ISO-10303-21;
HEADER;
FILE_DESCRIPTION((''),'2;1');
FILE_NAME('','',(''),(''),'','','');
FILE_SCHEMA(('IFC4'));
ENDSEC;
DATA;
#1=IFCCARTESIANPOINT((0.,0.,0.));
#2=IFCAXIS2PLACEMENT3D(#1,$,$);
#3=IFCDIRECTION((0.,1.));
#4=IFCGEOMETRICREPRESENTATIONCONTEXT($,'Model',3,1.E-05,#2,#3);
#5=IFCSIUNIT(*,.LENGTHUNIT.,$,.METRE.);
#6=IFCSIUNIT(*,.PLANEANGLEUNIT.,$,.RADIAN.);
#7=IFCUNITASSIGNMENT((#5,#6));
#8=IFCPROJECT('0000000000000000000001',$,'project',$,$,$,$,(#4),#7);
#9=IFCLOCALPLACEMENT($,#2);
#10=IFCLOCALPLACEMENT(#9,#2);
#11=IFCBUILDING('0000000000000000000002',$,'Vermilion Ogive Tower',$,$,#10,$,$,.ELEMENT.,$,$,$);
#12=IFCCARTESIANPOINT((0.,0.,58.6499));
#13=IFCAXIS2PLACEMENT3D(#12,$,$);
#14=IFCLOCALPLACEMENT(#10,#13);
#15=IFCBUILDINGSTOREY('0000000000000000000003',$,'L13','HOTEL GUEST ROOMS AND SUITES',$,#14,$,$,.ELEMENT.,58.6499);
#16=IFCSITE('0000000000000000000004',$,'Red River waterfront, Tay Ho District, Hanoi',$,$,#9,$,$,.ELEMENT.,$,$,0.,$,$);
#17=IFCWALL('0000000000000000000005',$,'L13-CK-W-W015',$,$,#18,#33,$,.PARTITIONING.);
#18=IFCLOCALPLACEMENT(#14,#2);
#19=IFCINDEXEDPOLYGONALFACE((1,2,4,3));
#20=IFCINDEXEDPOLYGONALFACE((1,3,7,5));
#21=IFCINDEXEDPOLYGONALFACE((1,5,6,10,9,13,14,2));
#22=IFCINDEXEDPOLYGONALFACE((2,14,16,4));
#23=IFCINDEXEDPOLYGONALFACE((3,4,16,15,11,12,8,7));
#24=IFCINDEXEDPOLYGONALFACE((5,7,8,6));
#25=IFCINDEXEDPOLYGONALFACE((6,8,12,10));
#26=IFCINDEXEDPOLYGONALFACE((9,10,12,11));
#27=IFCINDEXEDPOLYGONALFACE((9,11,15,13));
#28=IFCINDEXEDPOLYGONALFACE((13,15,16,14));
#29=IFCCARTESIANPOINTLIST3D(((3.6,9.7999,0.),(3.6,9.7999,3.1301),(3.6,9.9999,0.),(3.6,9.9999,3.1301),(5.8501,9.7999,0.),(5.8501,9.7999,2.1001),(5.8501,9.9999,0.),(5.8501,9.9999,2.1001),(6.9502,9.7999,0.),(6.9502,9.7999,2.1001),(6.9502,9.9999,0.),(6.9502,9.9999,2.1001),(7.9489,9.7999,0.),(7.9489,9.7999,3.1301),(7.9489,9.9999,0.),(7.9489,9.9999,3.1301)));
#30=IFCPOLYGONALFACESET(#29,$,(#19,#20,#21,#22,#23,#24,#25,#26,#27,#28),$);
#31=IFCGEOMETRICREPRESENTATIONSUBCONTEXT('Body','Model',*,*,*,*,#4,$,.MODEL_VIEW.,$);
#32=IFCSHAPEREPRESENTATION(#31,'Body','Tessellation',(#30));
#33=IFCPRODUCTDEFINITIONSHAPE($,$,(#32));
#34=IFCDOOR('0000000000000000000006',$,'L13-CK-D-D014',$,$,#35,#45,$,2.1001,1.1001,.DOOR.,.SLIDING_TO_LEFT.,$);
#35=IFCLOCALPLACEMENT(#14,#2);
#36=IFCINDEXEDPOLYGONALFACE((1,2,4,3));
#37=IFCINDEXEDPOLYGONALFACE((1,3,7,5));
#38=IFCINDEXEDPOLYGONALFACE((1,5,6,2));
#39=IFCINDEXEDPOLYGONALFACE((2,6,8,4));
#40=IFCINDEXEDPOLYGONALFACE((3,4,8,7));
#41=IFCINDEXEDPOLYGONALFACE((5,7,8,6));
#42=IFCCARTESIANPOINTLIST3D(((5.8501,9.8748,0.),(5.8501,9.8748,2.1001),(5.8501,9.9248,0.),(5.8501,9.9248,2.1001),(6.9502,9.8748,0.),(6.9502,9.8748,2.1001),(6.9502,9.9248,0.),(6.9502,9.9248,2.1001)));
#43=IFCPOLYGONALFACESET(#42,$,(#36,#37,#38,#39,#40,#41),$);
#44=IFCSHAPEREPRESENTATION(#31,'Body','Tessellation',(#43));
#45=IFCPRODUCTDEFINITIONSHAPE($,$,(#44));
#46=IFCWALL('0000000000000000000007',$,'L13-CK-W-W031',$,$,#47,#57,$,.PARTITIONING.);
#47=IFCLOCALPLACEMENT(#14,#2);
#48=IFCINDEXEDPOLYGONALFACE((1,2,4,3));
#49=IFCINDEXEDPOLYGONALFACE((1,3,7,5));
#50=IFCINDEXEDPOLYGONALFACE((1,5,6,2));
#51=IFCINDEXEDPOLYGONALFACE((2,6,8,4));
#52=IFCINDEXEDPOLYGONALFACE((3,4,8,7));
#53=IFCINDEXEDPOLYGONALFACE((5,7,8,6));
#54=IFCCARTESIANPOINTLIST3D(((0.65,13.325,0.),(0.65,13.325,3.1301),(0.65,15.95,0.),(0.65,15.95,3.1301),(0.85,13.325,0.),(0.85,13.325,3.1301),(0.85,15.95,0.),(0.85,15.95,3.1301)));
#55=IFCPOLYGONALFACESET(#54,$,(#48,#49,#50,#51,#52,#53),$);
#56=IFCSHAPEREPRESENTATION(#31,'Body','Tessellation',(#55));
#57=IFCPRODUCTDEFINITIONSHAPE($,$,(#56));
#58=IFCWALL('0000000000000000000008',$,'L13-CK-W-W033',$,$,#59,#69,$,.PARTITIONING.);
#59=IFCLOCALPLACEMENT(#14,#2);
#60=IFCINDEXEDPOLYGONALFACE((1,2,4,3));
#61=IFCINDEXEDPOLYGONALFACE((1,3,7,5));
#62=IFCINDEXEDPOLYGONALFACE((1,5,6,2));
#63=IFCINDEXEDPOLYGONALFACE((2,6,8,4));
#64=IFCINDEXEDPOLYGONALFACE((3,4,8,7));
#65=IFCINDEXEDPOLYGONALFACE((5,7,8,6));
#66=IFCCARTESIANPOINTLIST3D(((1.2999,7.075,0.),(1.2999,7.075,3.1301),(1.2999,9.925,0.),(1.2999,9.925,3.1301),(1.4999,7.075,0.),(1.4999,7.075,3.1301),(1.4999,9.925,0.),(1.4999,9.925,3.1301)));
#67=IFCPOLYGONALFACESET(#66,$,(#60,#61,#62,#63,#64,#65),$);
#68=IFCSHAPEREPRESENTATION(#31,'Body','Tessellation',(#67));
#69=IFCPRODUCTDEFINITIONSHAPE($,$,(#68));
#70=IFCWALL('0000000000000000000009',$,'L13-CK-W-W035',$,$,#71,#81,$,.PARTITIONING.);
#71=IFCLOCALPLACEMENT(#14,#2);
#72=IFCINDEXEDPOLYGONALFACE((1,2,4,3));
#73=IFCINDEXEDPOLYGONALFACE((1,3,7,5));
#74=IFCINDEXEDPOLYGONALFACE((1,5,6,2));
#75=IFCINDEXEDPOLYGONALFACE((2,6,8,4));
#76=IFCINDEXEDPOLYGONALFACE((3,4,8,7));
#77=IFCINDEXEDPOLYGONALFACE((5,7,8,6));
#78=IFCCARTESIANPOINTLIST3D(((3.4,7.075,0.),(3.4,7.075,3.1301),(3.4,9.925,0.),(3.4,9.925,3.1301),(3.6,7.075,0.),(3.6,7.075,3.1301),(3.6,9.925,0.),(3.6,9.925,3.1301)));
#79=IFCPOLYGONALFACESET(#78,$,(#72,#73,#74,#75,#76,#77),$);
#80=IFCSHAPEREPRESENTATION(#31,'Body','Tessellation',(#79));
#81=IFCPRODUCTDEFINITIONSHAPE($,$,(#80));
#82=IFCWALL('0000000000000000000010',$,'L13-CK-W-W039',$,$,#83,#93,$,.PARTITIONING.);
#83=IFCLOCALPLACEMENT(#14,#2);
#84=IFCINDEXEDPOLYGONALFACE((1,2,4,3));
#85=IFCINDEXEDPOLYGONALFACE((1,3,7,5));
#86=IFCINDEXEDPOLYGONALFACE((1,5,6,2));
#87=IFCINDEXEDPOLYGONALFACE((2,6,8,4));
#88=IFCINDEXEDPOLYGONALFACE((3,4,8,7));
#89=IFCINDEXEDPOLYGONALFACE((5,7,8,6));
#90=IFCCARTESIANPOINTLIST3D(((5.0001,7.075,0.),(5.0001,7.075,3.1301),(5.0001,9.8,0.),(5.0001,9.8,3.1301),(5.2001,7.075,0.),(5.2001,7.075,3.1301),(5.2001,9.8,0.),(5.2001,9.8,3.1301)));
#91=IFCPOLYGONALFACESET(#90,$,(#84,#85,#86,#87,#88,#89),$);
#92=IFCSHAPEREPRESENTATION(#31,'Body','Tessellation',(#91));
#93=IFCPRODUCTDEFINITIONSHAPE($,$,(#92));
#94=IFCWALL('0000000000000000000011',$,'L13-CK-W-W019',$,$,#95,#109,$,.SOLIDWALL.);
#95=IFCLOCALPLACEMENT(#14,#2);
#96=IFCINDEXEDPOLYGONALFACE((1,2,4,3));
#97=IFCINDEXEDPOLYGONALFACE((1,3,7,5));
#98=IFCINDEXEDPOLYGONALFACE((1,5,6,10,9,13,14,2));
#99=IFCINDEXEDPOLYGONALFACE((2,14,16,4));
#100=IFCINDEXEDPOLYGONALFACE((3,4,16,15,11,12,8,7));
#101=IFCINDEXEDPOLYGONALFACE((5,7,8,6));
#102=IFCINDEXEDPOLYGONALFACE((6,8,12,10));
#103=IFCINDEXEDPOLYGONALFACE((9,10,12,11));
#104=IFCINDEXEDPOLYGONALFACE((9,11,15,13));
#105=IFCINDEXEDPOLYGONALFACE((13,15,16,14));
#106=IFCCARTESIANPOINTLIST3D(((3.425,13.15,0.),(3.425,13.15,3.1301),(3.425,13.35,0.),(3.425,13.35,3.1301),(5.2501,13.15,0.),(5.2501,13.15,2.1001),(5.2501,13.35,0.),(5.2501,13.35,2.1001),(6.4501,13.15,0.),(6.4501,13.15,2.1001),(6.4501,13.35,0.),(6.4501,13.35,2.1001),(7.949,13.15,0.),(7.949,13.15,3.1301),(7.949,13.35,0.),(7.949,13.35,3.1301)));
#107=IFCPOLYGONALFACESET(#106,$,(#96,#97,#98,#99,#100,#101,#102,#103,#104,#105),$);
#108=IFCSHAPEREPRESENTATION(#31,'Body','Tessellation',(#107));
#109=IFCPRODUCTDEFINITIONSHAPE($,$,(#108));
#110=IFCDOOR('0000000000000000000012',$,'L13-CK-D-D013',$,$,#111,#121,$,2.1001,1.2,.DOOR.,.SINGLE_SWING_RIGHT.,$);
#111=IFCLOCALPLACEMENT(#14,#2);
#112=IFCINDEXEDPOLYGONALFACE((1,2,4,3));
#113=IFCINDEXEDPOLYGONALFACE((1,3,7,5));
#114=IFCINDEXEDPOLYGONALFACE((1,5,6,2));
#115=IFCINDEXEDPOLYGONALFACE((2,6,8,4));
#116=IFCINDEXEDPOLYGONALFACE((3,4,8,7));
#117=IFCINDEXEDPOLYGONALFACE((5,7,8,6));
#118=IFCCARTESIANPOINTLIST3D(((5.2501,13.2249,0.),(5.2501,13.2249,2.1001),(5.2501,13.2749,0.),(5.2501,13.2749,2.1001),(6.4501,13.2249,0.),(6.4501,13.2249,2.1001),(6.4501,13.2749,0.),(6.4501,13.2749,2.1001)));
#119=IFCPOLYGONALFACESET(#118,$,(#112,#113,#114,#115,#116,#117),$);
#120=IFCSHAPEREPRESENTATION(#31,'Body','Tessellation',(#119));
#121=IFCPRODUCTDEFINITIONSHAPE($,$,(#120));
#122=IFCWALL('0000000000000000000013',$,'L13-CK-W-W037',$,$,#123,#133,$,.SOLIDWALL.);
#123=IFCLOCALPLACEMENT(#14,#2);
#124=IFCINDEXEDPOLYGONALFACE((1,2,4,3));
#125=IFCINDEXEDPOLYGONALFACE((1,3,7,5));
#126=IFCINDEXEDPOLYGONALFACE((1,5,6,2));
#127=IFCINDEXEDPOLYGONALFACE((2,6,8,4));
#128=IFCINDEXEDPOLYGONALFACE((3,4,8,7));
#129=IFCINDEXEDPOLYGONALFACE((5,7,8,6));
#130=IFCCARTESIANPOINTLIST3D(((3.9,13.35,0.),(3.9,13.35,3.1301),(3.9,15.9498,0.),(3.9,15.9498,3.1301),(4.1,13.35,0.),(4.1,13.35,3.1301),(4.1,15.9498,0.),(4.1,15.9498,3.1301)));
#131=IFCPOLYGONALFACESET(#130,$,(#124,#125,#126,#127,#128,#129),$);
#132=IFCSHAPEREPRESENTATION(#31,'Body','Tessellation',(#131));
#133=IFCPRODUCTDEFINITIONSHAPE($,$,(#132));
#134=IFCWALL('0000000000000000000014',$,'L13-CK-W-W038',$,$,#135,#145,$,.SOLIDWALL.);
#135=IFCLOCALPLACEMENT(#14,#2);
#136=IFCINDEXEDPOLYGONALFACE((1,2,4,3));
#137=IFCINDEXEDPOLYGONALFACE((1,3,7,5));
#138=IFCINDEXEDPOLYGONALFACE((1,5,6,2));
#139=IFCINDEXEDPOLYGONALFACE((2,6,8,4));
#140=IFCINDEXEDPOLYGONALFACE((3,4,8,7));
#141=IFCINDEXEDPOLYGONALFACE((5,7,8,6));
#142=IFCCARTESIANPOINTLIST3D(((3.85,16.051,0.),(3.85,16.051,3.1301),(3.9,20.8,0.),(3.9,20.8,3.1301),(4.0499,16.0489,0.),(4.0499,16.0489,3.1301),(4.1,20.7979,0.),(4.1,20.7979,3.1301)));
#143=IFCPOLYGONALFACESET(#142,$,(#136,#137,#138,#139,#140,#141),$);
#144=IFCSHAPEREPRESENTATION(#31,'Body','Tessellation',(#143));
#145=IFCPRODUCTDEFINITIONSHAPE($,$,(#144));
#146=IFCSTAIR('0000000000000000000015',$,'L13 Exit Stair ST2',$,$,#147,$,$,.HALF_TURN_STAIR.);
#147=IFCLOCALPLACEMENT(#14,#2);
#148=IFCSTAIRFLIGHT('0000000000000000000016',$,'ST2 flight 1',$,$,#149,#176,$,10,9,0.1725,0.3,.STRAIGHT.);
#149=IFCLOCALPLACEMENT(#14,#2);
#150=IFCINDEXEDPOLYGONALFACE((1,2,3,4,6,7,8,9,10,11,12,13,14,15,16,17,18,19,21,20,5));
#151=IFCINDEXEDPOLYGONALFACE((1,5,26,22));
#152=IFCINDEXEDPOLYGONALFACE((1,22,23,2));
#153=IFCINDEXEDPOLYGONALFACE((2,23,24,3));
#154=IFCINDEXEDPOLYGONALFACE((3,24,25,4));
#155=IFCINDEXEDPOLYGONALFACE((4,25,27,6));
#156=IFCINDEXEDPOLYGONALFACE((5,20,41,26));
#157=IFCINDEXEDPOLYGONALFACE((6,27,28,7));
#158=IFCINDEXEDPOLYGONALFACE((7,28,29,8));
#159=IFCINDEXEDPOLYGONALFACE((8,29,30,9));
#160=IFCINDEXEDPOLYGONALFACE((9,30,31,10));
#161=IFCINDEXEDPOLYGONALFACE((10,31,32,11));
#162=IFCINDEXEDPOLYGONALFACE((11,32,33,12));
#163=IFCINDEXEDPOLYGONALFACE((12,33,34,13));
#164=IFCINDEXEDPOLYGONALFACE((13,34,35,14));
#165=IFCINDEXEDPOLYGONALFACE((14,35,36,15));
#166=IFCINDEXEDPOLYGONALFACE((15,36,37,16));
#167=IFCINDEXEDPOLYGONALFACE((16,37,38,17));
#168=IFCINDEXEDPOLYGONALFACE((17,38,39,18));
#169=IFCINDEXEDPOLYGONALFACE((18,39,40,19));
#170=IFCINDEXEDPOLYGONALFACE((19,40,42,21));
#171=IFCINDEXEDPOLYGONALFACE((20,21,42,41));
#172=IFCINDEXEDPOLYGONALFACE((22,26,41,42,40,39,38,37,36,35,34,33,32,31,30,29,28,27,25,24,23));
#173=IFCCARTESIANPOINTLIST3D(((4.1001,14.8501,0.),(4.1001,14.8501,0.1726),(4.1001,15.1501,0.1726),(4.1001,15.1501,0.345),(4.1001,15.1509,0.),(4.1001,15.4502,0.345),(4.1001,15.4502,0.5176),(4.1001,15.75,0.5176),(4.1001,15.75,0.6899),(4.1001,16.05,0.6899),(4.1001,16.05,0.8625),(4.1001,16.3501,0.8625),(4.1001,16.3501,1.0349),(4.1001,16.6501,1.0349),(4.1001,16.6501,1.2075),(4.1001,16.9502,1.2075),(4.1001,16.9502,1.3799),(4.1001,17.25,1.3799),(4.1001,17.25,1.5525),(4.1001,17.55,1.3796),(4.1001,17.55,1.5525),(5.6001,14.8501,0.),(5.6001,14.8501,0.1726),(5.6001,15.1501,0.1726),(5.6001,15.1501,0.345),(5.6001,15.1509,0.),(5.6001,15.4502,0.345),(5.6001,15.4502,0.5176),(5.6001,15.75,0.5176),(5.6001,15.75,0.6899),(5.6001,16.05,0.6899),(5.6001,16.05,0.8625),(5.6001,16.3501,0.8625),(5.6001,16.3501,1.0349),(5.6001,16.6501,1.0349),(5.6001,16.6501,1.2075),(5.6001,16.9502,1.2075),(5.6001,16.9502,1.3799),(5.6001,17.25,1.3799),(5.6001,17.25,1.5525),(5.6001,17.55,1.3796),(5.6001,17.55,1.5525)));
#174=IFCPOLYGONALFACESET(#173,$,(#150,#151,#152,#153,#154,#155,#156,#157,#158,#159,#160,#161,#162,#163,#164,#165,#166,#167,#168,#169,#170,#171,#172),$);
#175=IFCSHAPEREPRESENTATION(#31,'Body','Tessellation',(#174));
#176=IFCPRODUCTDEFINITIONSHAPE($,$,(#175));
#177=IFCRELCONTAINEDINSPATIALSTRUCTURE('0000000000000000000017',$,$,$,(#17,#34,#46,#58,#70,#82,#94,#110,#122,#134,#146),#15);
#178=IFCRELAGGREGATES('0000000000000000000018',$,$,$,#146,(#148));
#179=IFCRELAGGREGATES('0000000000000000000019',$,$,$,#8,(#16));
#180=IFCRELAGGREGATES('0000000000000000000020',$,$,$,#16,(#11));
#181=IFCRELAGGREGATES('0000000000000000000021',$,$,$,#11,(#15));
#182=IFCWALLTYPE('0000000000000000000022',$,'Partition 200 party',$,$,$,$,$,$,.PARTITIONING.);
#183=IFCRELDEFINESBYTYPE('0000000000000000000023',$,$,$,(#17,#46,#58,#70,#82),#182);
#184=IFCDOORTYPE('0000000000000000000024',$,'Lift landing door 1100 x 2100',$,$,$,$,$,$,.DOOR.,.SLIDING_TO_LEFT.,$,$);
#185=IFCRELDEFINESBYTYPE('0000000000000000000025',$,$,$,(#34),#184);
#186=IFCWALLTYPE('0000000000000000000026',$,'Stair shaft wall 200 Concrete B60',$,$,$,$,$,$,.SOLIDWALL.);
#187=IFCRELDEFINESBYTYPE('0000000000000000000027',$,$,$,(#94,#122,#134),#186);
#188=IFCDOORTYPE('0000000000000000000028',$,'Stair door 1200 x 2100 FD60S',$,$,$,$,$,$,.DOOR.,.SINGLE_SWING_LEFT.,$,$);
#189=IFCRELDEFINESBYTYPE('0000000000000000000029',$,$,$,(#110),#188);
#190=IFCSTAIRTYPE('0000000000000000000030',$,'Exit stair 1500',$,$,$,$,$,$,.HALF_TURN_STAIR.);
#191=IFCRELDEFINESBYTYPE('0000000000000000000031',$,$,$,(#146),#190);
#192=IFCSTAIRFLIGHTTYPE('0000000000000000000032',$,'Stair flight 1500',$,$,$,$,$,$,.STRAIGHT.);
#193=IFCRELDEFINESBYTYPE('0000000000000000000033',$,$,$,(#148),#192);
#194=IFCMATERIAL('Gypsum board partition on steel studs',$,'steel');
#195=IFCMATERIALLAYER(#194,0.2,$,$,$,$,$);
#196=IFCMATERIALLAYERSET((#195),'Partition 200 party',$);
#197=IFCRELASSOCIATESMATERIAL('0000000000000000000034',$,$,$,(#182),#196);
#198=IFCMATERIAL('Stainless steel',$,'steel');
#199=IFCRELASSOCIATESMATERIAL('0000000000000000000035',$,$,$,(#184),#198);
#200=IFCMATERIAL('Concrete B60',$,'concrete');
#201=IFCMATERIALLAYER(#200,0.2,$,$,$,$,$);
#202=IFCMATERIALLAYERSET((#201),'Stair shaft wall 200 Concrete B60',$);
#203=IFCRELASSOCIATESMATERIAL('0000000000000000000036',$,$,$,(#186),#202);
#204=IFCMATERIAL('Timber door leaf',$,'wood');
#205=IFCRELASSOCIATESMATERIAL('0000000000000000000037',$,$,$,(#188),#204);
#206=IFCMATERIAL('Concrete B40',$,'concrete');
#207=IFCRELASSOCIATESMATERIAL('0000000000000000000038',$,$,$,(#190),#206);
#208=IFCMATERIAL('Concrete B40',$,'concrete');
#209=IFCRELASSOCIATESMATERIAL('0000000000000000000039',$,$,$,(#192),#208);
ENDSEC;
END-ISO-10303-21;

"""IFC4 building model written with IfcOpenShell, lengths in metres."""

from ifc_helpers import new_model, si_unit, direction, frame, frame_2d, origin, place, context, subcontext, project, spatial, polyline, rectangle, outline, extrude, material, layer, layer_set, type_object, element, fill, aggregate, save


model = new_model("IFC4")

# Units and contexts
model_context = context("Model", 3, precision=1e-05, world=origin(), true_north=direction((0.0, 1.0)))
body_context = subcontext(model_context, "Body", "Model", "MODEL_VIEW")
ifc_project = project(units=[si_unit("LENGTHUNIT", "METRE"), si_unit("PLANEANGLEUNIT", "RADIAN")], contexts=[model_context])

# Site, building, storey
site_placement = place(None, origin())
site = spatial("IfcSite", under=ifc_project, at=site_placement, Name="Red River waterfront, Tay Ho District, Hanoi", CompositionType="ELEMENT", RefElevation=0.0)
building_placement = place(site_placement, origin())
building = spatial("IfcBuilding", under=site, at=building_placement, Name="Vermilion Ogive Tower", CompositionType="ELEMENT")
storey_placement = place(building_placement, frame((0.0, 0.0, 58.6499)))
storey = spatial("IfcBuildingStorey", under=building, at=storey_placement, Name="L13", Description="HOTEL GUEST ROOMS AND SUITES", CompositionType="ELEMENT", Elevation=58.6499)

# Shared definitions
ifc_material_1 = material(Name="Gypsum board partition on steel studs", Category="steel")
ifc_layer_1 = layer(ifc_material_1, 0.2)
ifc_layer_set_1 = layer_set([ifc_layer_1], Name="Partition 200 party")
wall_type_1 = type_object("IfcWallType", Name="Partition 200 party", PredefinedType="PARTITIONING", material=ifc_layer_set_1)

# Wall, opening, door
wall_1_placement = place(storey_placement, frame((3.6001, 9.8999, 0.0), z_axis=(0.0, 0.0, 1.0), x_axis=(1.0, 0.0, 0.0)))
wall_1 = element("IfcWall", 1, at=wall_1_placement, inside=storey, type_object=wall_type_1, Name="L13-CK-W-W015", PredefinedType="PARTITIONING", context=body_context, shape_type="SweptSolid", body=[
    extrude(rectangle(XDim=4.3489, YDim=0.2, at=frame_2d((2.1743, 0.0))), origin(), (0.0, 0.0, 1.0), 3.1301),
])
opening_1_placement = place(wall_1_placement, frame((2.25, 0.0, 0.0)))
opening_1 = element("IfcOpeningElement", 2, at=opening_1_placement, cuts=wall_1, PredefinedType="OPENING", context=body_context, shape_type="SweptSolid", body=[
    extrude(rectangle(XDim=1.1001, YDim=2.1001, at=frame_2d((0.55, 1.05))), frame((0.0, 0.1099, 0.0), z_axis=(0.0, -1.0, 0.0), x_axis=(1.0, 0.0, 0.0)), (0.0, 0.0, 1.0), 0.22),
])
ifc_material_2 = material(Name="Stainless steel", Category="steel")
door_type_1 = type_object("IfcDoorType", Name="Lift landing door 1100 x 2100", OperationType="SLIDING_TO_LEFT", PredefinedType="DOOR", material=ifc_material_2)
door_1_placement = place(opening_1_placement, origin())
door_1 = element("IfcDoor", 3, at=door_1_placement, inside=storey, type_object=door_type_1, Name="L13-CK-D-D014", OperationType="SLIDING_TO_LEFT", OverallHeight=2.1001, OverallWidth=1.1001, PredefinedType="DOOR", context=body_context, shape_type="SweptSolid", body=[
    extrude(rectangle(XDim=1.1001, YDim=2.1001, at=frame_2d((0.55, 1.05))), frame((0.0, 0.0249, 0.0), z_axis=(0.0, -1.0, 0.0), x_axis=(1.0, 0.0, 0.0)), (0.0, 0.0, 1.0), 0.05),
])
fill(opening_1, door_1)

# Walls
wall_2_placement = place(storey_placement, frame((0.75, 13.325, 0.0), z_axis=(0.0, 0.0, 1.0), x_axis=(0.0, 1.0, 0.0)))
element("IfcWall", 4, at=wall_2_placement, inside=storey, type_object=wall_type_1, Name="L13-CK-W-W031", PredefinedType="PARTITIONING", context=body_context, shape_type="SweptSolid", body=[
    extrude(rectangle(XDim=2.625, YDim=0.2, at=frame_2d((1.3125, 0.0))), origin(), (0.0, 0.0, 1.0), 3.1301),
])
for number, where, z_axis, x_axis, name in (
    (5, (1.3999, 7.075, 0.0), (0.0, 0.0, 1.0), (0.0, 1.0, 0.0), "L13-CK-W-W033"),
    (6, (3.5, 7.075, 0.0), (0.0, 0.0, 1.0), (0.0, 1.0, 0.0), "L13-CK-W-W035"),
):
    element("IfcWall", number, at=place(storey_placement, frame(where, z_axis=z_axis, x_axis=x_axis)), inside=storey, type_object=wall_type_1, Name=name, PredefinedType="PARTITIONING", context=body_context, shape_type="SweptSolid", body=[
        extrude(rectangle(XDim=2.8501, YDim=0.2, at=frame_2d((1.425, 0.0))), origin(), (0.0, 0.0, 1.0), 3.1301),
    ])
wall_3_placement = place(storey_placement, frame((5.1001, 7.075, 0.0), z_axis=(0.0, 0.0, 1.0), x_axis=(0.0, 1.0, 0.0)))
element("IfcWall", 7, at=wall_3_placement, inside=storey, type_object=wall_type_1, Name="L13-CK-W-W039", PredefinedType="PARTITIONING", context=body_context, shape_type="SweptSolid", body=[
    extrude(rectangle(XDim=2.7251, YDim=0.2, at=frame_2d((1.3625, 0.0))), origin(), (0.0, 0.0, 1.0), 3.1301),
])

# Wall, opening, door
ifc_material_3 = material(Name="Concrete B60", Category="concrete")
ifc_layer_2 = layer(ifc_material_3, 0.2)
ifc_layer_set_2 = layer_set([ifc_layer_2], Name="Stair shaft wall 200 Concrete B60")
wall_type_2 = type_object("IfcWallType", Name="Stair shaft wall 200 Concrete B60", PredefinedType="SOLIDWALL", material=ifc_layer_set_2)
wall_4_placement = place(storey_placement, frame((3.425, 13.25, 0.0), z_axis=(0.0, 0.0, 1.0), x_axis=(1.0, 0.0, 0.0)))
wall_4 = element("IfcWall", 8, at=wall_4_placement, inside=storey, type_object=wall_type_2, Name="L13-CK-W-W019", PredefinedType="SOLIDWALL", context=body_context, shape_type="SweptSolid", body=[
    extrude(rectangle(XDim=4.5239, YDim=0.2, at=frame_2d((2.262, 0.0))), origin(), (0.0, 0.0, 1.0), 3.1301),
])
opening_2_placement = place(wall_4_placement, frame((1.825, 0.0, 0.0)))
opening_2 = element("IfcOpeningElement", 9, at=opening_2_placement, cuts=wall_4, PredefinedType="OPENING", context=body_context, shape_type="SweptSolid", body=[
    extrude(rectangle(XDim=1.2, YDim=2.1001, at=frame_2d((0.6001, 1.05))), frame((0.0, 0.1099, 0.0), z_axis=(0.0, -1.0, 0.0), x_axis=(1.0, 0.0, 0.0)), (0.0, 0.0, 1.0), 0.22),
])
ifc_material_4 = material(Name="Timber door leaf", Category="wood")
door_type_2 = type_object("IfcDoorType", Name="Stair door 1200 x 2100 FD60S", OperationType="SINGLE_SWING_LEFT", PredefinedType="DOOR", material=ifc_material_4)
door_2_placement = place(opening_2_placement, origin())
door_2 = element("IfcDoor", 10, at=door_2_placement, inside=storey, type_object=door_type_2, Name="L13-CK-D-D013", OperationType="SINGLE_SWING_RIGHT", OverallHeight=2.1001, OverallWidth=1.2, PredefinedType="DOOR", context=body_context, shape_type="SweptSolid", body=[
    extrude(rectangle(XDim=1.2, YDim=2.1001, at=frame_2d((0.6001, 1.05))), frame((0.0, 0.0249, 0.0), z_axis=(0.0, -1.0, 0.0), x_axis=(1.0, 0.0, 0.0)), (0.0, 0.0, 1.0), 0.05),
])
fill(opening_2, door_2)

# Walls
wall_5_placement = place(storey_placement, frame((4.0, 13.3501, 0.0), z_axis=(0.0, 0.0, 1.0), x_axis=(0.0, 1.0, 0.0)))
element("IfcWall", 11, at=wall_5_placement, inside=storey, type_object=wall_type_2, Name="L13-CK-W-W037", PredefinedType="SOLIDWALL", context=body_context, shape_type="SweptSolid", body=[
    extrude(rectangle(XDim=2.5999, YDim=0.2, at=frame_2d((1.2998, 0.0))), origin(), (0.0, 0.0, 1.0), 3.1301),
])
wall_6_placement = place(storey_placement, frame((3.95, 16.05, 0.0), z_axis=(0.0, 0.0, 1.0), x_axis=(0.010538, 0.999944, 0.0)))
element("IfcWall", 12, at=wall_6_placement, inside=storey, type_object=wall_type_2, Name="L13-CK-W-W038", PredefinedType="SOLIDWALL", context=body_context, shape_type="SweptSolid", body=[
    extrude(rectangle(XDim=4.7493, YDim=0.2, at=frame_2d((2.3745, 0.0))), origin(), (0.0, 0.0, 1.0), 3.1301),
])

# Stair, stair flight
ifc_material_5 = material(Name="Concrete B40", Category="concrete")
stair_type = type_object("IfcStairType", Name="Exit stair 1500", PredefinedType="HALF_TURN_STAIR", material=ifc_material_5)
stair_placement = place(storey_placement, origin())
stair = element("IfcStair", 13, at=stair_placement, inside=storey, type_object=stair_type, Name="L13 Exit Stair ST2", PredefinedType="HALF_TURN_STAIR")
ifc_material_6 = material(Name="Concrete B40", Category="concrete")
stair_flight_type = type_object("IfcStairFlightType", Name="Stair flight 1500", PredefinedType="STRAIGHT", material=ifc_material_6)
stair_flight_1_placement = place(storey_placement, frame((4.8501, 14.8501, 0.0), z_axis=(0.0, 0.0, 1.0), x_axis=(0.0, 1.0, 0.0)))
stair_flight_1 = element("IfcStairFlight", 14, at=stair_flight_1_placement, type_object=stair_flight_type, Name="ST2 flight 1", NumberOfRisers=10, NumberOfTreads=9, PredefinedType="STRAIGHT", RiserHeight=0.1725, TreadLength=0.3, context=body_context, shape_type="SweptSolid", body=[
    extrude(outline(polyline([(0.0, 0.0), (0.0, 0.1726), (0.3, 0.1726), (0.3, 0.345), (0.6001, 0.345), (0.6001, 0.5176), (0.8999, 0.5176), (0.8999, 0.6899), (1.2, 0.6899), (1.2, 0.8625), (1.5, 0.8625), (1.5, 1.0349), (1.8, 1.0349), (1.8, 1.2075), (2.1001, 1.2075), (2.1001, 1.3799), (2.3999, 1.3799), (2.3999, 1.5525), (2.7, 1.5525), (2.7, 1.7251), (2.7, 1.3796), (0.3008, 0.0), (0.0, 0.0)])), frame((0.0, 0.75, 0.0), z_axis=(0.0, -1.0, 0.0), x_axis=(1.0, 0.0, 0.0)), (0.0, 0.0, 1.0), 1.5),
])
aggregate(stair, [stair_flight_1])

save(model, "model.ifc")
